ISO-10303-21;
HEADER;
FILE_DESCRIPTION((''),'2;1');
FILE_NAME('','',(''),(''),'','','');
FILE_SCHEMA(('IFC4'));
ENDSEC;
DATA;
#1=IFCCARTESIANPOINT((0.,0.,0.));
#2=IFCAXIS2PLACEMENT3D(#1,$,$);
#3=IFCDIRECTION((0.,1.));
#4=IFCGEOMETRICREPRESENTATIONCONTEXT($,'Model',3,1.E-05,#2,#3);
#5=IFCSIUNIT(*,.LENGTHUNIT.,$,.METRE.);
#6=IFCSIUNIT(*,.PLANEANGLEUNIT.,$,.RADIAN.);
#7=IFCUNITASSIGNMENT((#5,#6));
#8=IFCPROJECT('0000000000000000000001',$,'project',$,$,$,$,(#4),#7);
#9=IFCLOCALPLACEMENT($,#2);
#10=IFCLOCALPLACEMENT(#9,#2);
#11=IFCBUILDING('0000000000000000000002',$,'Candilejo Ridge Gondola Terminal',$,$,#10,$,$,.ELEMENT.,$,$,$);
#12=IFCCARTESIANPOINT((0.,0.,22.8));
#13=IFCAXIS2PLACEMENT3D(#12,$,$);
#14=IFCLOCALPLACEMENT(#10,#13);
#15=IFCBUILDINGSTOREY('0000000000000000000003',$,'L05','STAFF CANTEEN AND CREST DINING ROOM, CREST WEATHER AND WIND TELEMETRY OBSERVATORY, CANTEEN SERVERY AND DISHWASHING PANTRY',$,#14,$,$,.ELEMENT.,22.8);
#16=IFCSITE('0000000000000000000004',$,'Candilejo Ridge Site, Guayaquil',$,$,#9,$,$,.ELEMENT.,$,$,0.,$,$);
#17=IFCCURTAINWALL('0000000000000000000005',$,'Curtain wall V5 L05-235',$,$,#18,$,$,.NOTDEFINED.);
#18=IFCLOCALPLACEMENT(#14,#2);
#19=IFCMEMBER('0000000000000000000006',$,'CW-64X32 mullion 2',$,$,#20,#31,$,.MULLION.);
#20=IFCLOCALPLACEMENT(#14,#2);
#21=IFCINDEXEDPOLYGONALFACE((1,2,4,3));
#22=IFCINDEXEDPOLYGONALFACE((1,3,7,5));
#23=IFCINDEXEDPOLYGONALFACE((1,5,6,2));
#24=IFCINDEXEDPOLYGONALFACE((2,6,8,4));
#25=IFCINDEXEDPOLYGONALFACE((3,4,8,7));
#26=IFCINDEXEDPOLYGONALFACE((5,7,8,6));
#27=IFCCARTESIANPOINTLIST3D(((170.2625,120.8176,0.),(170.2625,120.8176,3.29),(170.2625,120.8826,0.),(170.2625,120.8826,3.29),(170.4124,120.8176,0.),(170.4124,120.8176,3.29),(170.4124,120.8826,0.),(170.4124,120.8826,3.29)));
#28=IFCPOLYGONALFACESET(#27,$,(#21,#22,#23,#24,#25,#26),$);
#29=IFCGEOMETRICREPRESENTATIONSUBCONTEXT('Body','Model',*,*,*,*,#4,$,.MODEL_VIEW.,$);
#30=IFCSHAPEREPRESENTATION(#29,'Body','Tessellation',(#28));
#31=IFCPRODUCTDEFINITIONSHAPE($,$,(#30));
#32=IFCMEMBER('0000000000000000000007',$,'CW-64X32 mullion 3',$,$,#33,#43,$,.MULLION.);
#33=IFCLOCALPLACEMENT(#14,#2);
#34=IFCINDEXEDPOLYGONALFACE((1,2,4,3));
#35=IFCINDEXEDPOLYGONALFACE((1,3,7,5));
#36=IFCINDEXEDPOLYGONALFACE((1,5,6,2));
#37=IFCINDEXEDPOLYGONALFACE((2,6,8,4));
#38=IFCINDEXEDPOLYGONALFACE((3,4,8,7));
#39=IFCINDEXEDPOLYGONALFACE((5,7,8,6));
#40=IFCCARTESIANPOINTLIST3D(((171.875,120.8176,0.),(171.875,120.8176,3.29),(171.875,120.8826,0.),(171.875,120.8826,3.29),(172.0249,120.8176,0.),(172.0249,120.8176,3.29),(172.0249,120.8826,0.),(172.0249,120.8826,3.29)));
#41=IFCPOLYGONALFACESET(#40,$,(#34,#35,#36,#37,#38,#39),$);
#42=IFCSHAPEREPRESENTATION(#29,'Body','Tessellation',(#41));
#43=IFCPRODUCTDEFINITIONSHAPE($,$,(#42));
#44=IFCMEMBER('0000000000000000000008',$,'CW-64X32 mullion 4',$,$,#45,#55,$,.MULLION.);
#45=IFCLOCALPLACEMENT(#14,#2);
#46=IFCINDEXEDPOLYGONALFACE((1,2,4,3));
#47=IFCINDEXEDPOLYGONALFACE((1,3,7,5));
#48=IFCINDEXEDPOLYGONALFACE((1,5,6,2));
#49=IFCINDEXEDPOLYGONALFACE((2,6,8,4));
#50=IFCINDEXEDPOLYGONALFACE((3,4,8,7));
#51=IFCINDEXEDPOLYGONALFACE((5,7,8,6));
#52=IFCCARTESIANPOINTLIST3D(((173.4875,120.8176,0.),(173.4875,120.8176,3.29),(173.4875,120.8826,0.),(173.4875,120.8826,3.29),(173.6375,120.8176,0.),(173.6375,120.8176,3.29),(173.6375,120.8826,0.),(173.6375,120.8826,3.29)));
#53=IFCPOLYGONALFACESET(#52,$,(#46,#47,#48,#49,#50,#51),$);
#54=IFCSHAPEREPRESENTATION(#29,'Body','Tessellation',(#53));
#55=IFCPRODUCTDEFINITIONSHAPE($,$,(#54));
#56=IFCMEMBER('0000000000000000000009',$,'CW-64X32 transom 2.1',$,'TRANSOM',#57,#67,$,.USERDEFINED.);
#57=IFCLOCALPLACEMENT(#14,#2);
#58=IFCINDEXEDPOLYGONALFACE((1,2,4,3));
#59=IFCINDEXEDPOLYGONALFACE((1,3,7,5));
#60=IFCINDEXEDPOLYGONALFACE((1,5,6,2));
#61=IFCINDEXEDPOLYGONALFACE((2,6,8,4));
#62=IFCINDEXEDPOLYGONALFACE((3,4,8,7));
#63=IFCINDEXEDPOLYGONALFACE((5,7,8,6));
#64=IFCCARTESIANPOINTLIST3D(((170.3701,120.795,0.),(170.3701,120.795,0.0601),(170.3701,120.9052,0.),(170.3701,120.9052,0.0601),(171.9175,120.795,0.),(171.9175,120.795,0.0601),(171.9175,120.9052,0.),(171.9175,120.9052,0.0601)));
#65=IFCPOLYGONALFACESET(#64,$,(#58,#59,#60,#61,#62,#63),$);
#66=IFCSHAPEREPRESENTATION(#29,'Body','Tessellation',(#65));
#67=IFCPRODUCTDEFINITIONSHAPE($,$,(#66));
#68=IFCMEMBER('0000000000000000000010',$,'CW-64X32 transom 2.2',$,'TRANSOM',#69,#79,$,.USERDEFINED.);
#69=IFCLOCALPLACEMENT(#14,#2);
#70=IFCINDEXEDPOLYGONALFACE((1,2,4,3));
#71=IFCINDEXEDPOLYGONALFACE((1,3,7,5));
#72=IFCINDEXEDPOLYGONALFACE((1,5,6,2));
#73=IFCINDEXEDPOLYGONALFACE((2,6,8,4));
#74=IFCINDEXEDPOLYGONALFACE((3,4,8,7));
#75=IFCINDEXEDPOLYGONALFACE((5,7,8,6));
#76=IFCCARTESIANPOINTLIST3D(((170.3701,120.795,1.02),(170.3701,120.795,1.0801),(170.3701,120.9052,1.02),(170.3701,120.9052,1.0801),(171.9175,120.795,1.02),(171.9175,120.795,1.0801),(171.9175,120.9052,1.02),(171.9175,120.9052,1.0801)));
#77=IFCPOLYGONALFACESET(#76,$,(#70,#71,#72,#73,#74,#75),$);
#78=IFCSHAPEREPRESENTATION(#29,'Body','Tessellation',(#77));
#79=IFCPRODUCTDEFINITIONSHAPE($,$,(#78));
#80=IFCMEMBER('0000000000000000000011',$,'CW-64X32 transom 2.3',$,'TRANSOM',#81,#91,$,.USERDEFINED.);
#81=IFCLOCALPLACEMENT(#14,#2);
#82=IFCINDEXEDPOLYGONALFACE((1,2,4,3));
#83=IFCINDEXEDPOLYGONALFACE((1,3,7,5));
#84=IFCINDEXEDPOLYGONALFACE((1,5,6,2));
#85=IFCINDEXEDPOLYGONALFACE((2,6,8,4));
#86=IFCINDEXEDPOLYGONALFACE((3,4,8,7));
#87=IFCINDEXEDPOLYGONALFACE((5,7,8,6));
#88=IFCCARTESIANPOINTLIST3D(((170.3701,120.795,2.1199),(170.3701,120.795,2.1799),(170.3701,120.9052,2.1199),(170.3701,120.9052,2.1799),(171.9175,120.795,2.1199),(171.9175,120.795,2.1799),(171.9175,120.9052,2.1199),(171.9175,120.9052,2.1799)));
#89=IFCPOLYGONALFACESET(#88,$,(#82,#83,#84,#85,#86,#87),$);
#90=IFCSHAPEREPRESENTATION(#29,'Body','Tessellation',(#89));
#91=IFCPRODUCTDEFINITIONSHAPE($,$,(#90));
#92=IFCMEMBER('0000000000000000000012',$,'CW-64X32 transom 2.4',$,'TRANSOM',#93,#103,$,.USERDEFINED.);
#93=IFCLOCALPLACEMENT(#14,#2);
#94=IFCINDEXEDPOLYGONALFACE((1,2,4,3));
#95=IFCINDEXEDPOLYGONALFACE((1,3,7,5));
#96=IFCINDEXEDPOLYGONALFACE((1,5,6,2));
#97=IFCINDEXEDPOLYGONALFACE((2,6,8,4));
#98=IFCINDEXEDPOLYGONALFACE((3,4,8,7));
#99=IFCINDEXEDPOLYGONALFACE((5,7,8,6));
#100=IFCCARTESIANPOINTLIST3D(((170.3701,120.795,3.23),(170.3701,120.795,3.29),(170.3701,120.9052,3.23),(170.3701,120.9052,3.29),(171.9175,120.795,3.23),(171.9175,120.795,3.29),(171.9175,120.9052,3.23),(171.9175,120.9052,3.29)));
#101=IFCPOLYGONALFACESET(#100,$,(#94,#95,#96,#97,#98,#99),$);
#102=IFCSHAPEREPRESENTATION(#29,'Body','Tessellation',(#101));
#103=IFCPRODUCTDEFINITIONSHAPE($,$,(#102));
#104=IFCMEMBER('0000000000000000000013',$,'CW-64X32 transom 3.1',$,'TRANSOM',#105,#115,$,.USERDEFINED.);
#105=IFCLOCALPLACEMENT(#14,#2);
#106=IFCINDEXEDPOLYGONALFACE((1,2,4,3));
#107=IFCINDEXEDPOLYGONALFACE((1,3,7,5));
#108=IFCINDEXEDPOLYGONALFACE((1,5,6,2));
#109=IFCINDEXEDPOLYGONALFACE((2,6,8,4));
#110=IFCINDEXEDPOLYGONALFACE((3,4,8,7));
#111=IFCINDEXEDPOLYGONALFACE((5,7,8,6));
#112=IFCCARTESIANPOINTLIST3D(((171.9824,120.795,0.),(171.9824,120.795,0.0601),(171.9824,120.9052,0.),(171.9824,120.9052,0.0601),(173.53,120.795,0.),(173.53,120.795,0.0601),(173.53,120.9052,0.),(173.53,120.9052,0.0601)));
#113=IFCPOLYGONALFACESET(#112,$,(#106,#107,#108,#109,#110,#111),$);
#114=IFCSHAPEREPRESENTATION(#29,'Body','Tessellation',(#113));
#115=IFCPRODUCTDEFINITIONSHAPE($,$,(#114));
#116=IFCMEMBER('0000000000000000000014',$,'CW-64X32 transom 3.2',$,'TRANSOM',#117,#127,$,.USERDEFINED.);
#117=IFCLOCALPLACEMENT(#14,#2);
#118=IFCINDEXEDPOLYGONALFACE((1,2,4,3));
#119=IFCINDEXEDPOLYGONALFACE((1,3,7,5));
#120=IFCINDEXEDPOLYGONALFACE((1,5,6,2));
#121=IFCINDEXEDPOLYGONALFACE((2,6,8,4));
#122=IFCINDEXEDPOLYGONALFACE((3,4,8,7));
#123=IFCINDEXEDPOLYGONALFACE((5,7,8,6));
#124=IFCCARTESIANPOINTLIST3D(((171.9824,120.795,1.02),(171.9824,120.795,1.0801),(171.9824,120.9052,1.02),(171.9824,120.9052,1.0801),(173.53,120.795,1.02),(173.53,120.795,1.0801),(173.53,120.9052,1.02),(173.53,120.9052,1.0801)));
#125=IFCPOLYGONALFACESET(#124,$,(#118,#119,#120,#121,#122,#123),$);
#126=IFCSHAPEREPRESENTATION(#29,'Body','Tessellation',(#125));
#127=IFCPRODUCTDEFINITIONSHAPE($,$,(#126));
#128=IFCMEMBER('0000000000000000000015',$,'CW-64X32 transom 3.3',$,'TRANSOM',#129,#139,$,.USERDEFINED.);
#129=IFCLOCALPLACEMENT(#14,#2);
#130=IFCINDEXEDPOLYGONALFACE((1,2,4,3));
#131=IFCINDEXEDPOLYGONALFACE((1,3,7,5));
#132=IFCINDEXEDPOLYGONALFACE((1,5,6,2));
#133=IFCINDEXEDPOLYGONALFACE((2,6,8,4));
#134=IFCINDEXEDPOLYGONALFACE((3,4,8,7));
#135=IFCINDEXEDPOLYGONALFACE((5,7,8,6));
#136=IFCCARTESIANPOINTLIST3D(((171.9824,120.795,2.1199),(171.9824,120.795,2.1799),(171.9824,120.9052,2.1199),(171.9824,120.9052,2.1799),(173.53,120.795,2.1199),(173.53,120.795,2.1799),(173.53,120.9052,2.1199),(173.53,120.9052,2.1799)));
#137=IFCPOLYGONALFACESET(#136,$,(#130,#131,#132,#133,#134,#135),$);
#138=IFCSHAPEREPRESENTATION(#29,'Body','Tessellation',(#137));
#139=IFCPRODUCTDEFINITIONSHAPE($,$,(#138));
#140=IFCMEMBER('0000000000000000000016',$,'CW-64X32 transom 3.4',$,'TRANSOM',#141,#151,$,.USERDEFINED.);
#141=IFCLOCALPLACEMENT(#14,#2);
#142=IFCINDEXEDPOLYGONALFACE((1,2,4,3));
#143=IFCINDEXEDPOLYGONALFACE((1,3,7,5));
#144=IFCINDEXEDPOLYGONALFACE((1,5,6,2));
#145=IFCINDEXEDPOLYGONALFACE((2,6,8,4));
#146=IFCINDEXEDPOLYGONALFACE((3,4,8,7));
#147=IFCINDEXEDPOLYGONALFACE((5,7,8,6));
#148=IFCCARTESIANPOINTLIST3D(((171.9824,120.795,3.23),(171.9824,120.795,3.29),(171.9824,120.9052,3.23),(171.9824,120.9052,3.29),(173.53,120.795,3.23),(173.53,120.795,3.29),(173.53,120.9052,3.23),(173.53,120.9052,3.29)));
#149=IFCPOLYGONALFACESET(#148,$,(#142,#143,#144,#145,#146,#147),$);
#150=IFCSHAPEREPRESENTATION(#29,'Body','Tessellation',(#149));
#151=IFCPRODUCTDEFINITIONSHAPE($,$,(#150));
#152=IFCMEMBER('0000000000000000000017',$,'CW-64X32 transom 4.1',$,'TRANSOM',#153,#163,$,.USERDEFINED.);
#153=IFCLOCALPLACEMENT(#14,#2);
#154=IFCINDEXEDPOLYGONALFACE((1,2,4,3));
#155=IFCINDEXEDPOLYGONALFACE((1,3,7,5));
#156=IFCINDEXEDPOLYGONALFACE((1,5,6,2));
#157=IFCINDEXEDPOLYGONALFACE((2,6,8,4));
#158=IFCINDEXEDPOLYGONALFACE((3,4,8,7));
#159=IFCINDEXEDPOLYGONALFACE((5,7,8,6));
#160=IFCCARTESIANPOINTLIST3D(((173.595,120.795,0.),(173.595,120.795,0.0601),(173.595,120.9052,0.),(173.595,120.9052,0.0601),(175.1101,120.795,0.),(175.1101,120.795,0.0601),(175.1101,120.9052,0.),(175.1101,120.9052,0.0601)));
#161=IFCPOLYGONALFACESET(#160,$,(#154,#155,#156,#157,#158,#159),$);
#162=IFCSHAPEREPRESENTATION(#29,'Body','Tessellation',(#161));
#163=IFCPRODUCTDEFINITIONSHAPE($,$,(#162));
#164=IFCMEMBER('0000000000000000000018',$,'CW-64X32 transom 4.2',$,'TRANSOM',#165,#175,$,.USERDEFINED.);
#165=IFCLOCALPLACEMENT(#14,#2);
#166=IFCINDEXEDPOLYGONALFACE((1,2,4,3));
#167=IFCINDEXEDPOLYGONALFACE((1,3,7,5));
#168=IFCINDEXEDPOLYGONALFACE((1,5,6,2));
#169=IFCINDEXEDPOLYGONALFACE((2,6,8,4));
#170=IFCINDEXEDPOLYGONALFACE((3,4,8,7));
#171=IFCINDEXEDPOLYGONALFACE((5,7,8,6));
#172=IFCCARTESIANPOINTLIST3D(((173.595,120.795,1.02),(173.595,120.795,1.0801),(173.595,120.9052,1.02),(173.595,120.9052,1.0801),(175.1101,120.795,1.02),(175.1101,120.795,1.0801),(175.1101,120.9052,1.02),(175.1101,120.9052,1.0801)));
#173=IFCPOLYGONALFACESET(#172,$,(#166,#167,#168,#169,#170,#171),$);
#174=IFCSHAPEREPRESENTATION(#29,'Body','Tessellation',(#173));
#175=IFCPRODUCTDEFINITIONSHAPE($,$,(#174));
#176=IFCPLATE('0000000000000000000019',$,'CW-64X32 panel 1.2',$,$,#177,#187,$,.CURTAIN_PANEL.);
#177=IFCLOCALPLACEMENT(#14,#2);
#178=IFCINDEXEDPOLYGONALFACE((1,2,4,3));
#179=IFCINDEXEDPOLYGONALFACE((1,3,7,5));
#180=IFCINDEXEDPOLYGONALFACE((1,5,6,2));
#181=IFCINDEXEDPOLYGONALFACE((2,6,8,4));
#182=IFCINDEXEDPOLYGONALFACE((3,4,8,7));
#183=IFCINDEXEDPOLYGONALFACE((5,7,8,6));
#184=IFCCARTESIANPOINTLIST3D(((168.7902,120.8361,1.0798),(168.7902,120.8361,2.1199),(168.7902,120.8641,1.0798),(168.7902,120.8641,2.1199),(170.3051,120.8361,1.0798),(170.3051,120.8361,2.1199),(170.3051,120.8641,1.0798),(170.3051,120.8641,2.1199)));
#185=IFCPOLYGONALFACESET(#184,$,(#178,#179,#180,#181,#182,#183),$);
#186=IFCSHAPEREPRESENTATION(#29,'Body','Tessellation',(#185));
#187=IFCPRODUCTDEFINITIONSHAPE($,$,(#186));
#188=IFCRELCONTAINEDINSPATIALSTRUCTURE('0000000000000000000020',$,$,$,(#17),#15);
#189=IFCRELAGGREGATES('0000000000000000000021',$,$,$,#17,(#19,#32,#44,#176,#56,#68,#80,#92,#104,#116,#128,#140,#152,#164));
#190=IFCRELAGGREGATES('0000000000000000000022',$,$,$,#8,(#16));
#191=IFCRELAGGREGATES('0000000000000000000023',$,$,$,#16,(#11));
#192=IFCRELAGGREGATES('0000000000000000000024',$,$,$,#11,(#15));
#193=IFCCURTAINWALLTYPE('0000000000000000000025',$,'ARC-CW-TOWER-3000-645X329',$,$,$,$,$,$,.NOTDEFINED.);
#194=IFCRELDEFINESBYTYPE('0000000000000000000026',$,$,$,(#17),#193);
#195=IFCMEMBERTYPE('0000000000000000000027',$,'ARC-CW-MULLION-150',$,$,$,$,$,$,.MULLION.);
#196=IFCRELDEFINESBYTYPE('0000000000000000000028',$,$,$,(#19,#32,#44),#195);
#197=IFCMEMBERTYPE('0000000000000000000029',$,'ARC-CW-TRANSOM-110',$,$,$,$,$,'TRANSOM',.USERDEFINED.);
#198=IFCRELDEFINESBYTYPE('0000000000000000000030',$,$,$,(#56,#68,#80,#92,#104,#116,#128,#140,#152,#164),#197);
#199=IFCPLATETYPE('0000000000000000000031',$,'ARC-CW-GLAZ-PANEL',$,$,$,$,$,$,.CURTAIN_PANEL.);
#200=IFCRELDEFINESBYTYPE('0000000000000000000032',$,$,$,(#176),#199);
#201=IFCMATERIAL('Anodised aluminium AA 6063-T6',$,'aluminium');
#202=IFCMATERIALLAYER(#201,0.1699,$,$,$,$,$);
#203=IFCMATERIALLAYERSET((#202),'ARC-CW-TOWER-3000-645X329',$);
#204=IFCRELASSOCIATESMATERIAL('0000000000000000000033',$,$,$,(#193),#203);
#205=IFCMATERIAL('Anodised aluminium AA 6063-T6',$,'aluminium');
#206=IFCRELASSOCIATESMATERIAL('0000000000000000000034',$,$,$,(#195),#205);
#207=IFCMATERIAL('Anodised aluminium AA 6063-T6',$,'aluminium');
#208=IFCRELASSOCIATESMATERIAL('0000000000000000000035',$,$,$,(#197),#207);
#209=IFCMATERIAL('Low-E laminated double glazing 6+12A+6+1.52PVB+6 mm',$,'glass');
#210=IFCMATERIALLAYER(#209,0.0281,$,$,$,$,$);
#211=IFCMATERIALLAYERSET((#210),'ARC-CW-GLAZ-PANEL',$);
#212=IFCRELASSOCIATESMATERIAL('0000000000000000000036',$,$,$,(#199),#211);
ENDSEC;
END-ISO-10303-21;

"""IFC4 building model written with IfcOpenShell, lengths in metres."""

from ifc_helpers import new_model, si_unit, direction, frame, origin, origin_2d, place, context, subcontext, project, spatial, rectangle, extrude, material, layer, layer_set, material_profile, profile_set, type_object, element, aggregate, save


model = new_model("IFC4")

# Units and contexts
model_context = context("Model", 3, precision=1e-05, world=origin(), true_north=direction((0.0, 1.0)))
body_context = subcontext(model_context, "Body", "Model", "MODEL_VIEW")
ifc_project = project(units=[si_unit("LENGTHUNIT", "METRE"), si_unit("PLANEANGLEUNIT", "RADIAN")], contexts=[model_context])

# Site, building, storey
site_placement = place(None, origin())
site = spatial("IfcSite", under=ifc_project, at=site_placement, Name="Candilejo Ridge Site, Guayaquil", CompositionType="ELEMENT", RefElevation=0.0)
building_placement = place(site_placement, origin())
building = spatial("IfcBuilding", under=site, at=building_placement, Name="Candilejo Ridge Gondola Terminal", CompositionType="ELEMENT")
storey_placement = place(building_placement, frame((0.0, 0.0, 22.8)))
storey = spatial("IfcBuildingStorey", under=building, at=storey_placement, Name="L05", Description="STAFF CANTEEN AND CREST DINING ROOM, CREST WEATHER AND WIND TELEMETRY OBSERVATORY, CANTEEN SERVERY AND DISHWASHING PANTRY", CompositionType="ELEMENT", Elevation=22.8)

# Curtain wall, members, plate
ifc_material_1 = material(Name="Anodised aluminium AA 6063-T6", Category="aluminium")
ifc_layer_1 = layer(ifc_material_1, 0.1699)
ifc_layer_set_1 = layer_set([ifc_layer_1], Name="ARC-CW-TOWER-3000-645X329")
curtain_wall_type = type_object("IfcCurtainWallType", Name="ARC-CW-TOWER-3000-645X329", PredefinedType="NOTDEFINED", material=ifc_layer_set_1)
curtain_wall_placement = place(storey_placement, origin())
curtain_wall = element("IfcCurtainWall", 1, at=curtain_wall_placement, inside=storey, type_object=curtain_wall_type, Name="Curtain wall V5 L05-235", PredefinedType="NOTDEFINED")
ifc_material_2 = material(Name="Anodised aluminium AA 6063-T6", Category="aluminium")
ifc_material_profile_1 = material_profile(ifc_material_2, rectangle(XDim=0.0649, YDim=0.1499, at=origin_2d()))
ifc_profile_set_1 = profile_set([ifc_material_profile_1], Name="Anodised aluminium AA 6063-T6")
member_type_1 = type_object("IfcMemberType", Name="ARC-CW-MULLION-150", PredefinedType="MULLION", material=ifc_profile_set_1)
member_1_placement = place(storey_placement, frame((170.3374, 120.8501, 0.0), z_axis=(0.0, 0.0, 1.0), x_axis=(0.0, 1.0, 0.0)))
member_1 = element("IfcMember", 2, at=member_1_placement, type_object=member_type_1, Name="CW-64X32 mullion 2", PredefinedType="MULLION", context=body_context, shape_type="SweptSolid", body=[
    extrude(rectangle(XDim=0.0649, YDim=0.1499, at=origin_2d()), origin(), (0.0, 0.0, 1.0), 3.29),
])
member_2_placement = place(storey_placement, frame((171.95, 120.8501, 0.0), z_axis=(0.0, 0.0, 1.0), x_axis=(0.0, 1.0, 0.0)))
member_2 = element("IfcMember", 3, at=member_2_placement, type_object=member_type_1, Name="CW-64X32 mullion 3", PredefinedType="MULLION", context=body_context, shape_type="SweptSolid", body=[
    extrude(rectangle(XDim=0.0649, YDim=0.1499, at=origin_2d()), origin(), (0.0, 0.0, 1.0), 3.29),
])
member_3_placement = place(storey_placement, frame((173.5625, 120.8501, 0.0), z_axis=(0.0, 0.0, 1.0), x_axis=(0.0, 1.0, 0.0)))
member_3 = element("IfcMember", 4, at=member_3_placement, type_object=member_type_1, Name="CW-64X32 mullion 4", PredefinedType="MULLION", context=body_context, shape_type="SweptSolid", body=[
    extrude(rectangle(XDim=0.0649, YDim=0.1499, at=origin_2d()), origin(), (0.0, 0.0, 1.0), 3.29),
])
ifc_material_3 = material(Name="Anodised aluminium AA 6063-T6", Category="aluminium")
ifc_material_profile_2 = material_profile(ifc_material_3, rectangle(XDim=0.1101, YDim=0.0601, at=origin_2d()))
ifc_profile_set_2 = profile_set([ifc_material_profile_2], Name="Anodised aluminium AA 6063-T6")
member_type_2 = type_object("IfcMemberType", Name="ARC-CW-TRANSOM-110", ElementType="TRANSOM", PredefinedType="USERDEFINED", material=ifc_profile_set_2)
member_4_placement = place(storey_placement, frame((170.3701, 120.8501, 0.03), z_axis=(1.0, 0.0, 0.0), x_axis=(0.0, 1.0, 0.0)))
member_4 = element("IfcMember", 5, at=member_4_placement, type_object=member_type_2, Name="CW-64X32 transom 2.1", ObjectType="TRANSOM", PredefinedType="USERDEFINED", context=body_context, shape_type="SweptSolid", body=[
    extrude(rectangle(XDim=0.1101, YDim=0.0601, at=origin_2d()), origin(), (0.0, 0.0, 1.0), 1.5474),
])
member_5_placement = place(storey_placement, frame((170.3701, 120.8501, 1.05), z_axis=(1.0, 0.0, 0.0), x_axis=(0.0, 1.0, 0.0)))
member_5 = element("IfcMember", 6, at=member_5_placement, type_object=member_type_2, Name="CW-64X32 transom 2.2", ObjectType="TRANSOM", PredefinedType="USERDEFINED", context=body_context, shape_type="SweptSolid", body=[
    extrude(rectangle(XDim=0.1101, YDim=0.0601, at=origin_2d()), origin(), (0.0, 0.0, 1.0), 1.5474),
])
member_6_placement = place(storey_placement, frame((170.3701, 120.8501, 2.1499), z_axis=(1.0, 0.0, 0.0), x_axis=(0.0, 1.0, 0.0)))
member_6 = element("IfcMember", 7, at=member_6_placement, type_object=member_type_2, Name="CW-64X32 transom 2.3", ObjectType="TRANSOM", PredefinedType="USERDEFINED", context=body_context, shape_type="SweptSolid", body=[
    extrude(rectangle(XDim=0.1101, YDim=0.0601, at=origin_2d()), origin(), (0.0, 0.0, 1.0), 1.5474),
])
member_7_placement = place(storey_placement, frame((170.3701, 120.8501, 3.26), z_axis=(1.0, 0.0, 0.0), x_axis=(0.0, 1.0, 0.0)))
member_7 = element("IfcMember", 8, at=member_7_placement, type_object=member_type_2, Name="CW-64X32 transom 2.4", ObjectType="TRANSOM", PredefinedType="USERDEFINED", context=body_context, shape_type="SweptSolid", body=[
    extrude(rectangle(XDim=0.1101, YDim=0.0601, at=origin_2d()), origin(), (0.0, 0.0, 1.0), 1.5474),
])
member_8_placement = place(storey_placement, frame((171.9824, 120.8501, 0.03), z_axis=(1.0, 0.0, 0.0), x_axis=(0.0, 1.0, 0.0)))
member_8 = element("IfcMember", 9, at=member_8_placement, type_object=member_type_2, Name="CW-64X32 transom 3.1", ObjectType="TRANSOM", PredefinedType="USERDEFINED", context=body_context, shape_type="SweptSolid", body=[
    extrude(rectangle(XDim=0.1101, YDim=0.0601, at=origin_2d()), origin(), (0.0, 0.0, 1.0), 1.5476),
])
member_9_placement = place(storey_placement, frame((171.9824, 120.8501, 1.05), z_axis=(1.0, 0.0, 0.0), x_axis=(0.0, 1.0, 0.0)))
member_9 = element("IfcMember", 10, at=member_9_placement, type_object=member_type_2, Name="CW-64X32 transom 3.2", ObjectType="TRANSOM", PredefinedType="USERDEFINED", context=body_context, shape_type="SweptSolid", body=[
    extrude(rectangle(XDim=0.1101, YDim=0.0601, at=origin_2d()), origin(), (0.0, 0.0, 1.0), 1.5476),
])
member_10_placement = place(storey_placement, frame((171.9824, 120.8501, 2.1499), z_axis=(1.0, 0.0, 0.0), x_axis=(0.0, 1.0, 0.0)))
member_10 = element("IfcMember", 11, at=member_10_placement, type_object=member_type_2, Name="CW-64X32 transom 3.3", ObjectType="TRANSOM", PredefinedType="USERDEFINED", context=body_context, shape_type="SweptSolid", body=[
    extrude(rectangle(XDim=0.1101, YDim=0.0601, at=origin_2d()), origin(), (0.0, 0.0, 1.0), 1.5476),
])
member_11_placement = place(storey_placement, frame((171.9824, 120.8501, 3.26), z_axis=(1.0, 0.0, 0.0), x_axis=(0.0, 1.0, 0.0)))
member_11 = element("IfcMember", 12, at=member_11_placement, type_object=member_type_2, Name="CW-64X32 transom 3.4", ObjectType="TRANSOM", PredefinedType="USERDEFINED", context=body_context, shape_type="SweptSolid", body=[
    extrude(rectangle(XDim=0.1101, YDim=0.0601, at=origin_2d()), origin(), (0.0, 0.0, 1.0), 1.5476),
])
member_12_placement = place(storey_placement, frame((173.595, 120.8501, 0.03), z_axis=(1.0, 0.0, 0.0), x_axis=(0.0, 1.0, 0.0)))
member_12 = element("IfcMember", 13, at=member_12_placement, type_object=member_type_2, Name="CW-64X32 transom 4.1", ObjectType="TRANSOM", PredefinedType="USERDEFINED", context=body_context, shape_type="SweptSolid", body=[
    extrude(rectangle(XDim=0.1101, YDim=0.0601, at=origin_2d()), origin(), (0.0, 0.0, 1.0), 1.5151),
])
member_13_placement = place(storey_placement, frame((173.595, 120.8501, 1.05), z_axis=(1.0, 0.0, 0.0), x_axis=(0.0, 1.0, 0.0)))
member_13 = element("IfcMember", 14, at=member_13_placement, type_object=member_type_2, Name="CW-64X32 transom 4.2", ObjectType="TRANSOM", PredefinedType="USERDEFINED", context=body_context, shape_type="SweptSolid", body=[
    extrude(rectangle(XDim=0.1101, YDim=0.0601, at=origin_2d()), origin(), (0.0, 0.0, 1.0), 1.5151),
])
ifc_material_4 = material(Name="Low-E laminated double glazing 6+12A+6+1.52PVB+6 mm", Category="glass")
ifc_layer_2 = layer(ifc_material_4, 0.0281)
ifc_layer_set_2 = layer_set([ifc_layer_2], Name="ARC-CW-GLAZ-PANEL")
plate_type = type_object("IfcPlateType", Name="ARC-CW-GLAZ-PANEL", PredefinedType="CURTAIN_PANEL", material=ifc_layer_set_2)
plate_1_placement = place(storey_placement, frame((169.5476, 120.8501, 1.0798), z_axis=(0.0, 0.0, 1.0), x_axis=(1.0, 0.0, 0.0)))
plate_1 = element("IfcPlate", 15, at=plate_1_placement, type_object=plate_type, Name="CW-64X32 panel 1.2", PredefinedType="CURTAIN_PANEL", context=body_context, shape_type="SweptSolid", body=[
    extrude(rectangle(XDim=1.5149, YDim=0.0281, at=origin_2d()), origin(), (0.0, 0.0, 1.0), 1.04),
])
aggregate(curtain_wall, [member_1, member_2, member_3, plate_1, member_4, member_5, member_6, member_7, member_8, member_9, member_10, member_11, member_12, member_13])

save(model, "model.ifc")
